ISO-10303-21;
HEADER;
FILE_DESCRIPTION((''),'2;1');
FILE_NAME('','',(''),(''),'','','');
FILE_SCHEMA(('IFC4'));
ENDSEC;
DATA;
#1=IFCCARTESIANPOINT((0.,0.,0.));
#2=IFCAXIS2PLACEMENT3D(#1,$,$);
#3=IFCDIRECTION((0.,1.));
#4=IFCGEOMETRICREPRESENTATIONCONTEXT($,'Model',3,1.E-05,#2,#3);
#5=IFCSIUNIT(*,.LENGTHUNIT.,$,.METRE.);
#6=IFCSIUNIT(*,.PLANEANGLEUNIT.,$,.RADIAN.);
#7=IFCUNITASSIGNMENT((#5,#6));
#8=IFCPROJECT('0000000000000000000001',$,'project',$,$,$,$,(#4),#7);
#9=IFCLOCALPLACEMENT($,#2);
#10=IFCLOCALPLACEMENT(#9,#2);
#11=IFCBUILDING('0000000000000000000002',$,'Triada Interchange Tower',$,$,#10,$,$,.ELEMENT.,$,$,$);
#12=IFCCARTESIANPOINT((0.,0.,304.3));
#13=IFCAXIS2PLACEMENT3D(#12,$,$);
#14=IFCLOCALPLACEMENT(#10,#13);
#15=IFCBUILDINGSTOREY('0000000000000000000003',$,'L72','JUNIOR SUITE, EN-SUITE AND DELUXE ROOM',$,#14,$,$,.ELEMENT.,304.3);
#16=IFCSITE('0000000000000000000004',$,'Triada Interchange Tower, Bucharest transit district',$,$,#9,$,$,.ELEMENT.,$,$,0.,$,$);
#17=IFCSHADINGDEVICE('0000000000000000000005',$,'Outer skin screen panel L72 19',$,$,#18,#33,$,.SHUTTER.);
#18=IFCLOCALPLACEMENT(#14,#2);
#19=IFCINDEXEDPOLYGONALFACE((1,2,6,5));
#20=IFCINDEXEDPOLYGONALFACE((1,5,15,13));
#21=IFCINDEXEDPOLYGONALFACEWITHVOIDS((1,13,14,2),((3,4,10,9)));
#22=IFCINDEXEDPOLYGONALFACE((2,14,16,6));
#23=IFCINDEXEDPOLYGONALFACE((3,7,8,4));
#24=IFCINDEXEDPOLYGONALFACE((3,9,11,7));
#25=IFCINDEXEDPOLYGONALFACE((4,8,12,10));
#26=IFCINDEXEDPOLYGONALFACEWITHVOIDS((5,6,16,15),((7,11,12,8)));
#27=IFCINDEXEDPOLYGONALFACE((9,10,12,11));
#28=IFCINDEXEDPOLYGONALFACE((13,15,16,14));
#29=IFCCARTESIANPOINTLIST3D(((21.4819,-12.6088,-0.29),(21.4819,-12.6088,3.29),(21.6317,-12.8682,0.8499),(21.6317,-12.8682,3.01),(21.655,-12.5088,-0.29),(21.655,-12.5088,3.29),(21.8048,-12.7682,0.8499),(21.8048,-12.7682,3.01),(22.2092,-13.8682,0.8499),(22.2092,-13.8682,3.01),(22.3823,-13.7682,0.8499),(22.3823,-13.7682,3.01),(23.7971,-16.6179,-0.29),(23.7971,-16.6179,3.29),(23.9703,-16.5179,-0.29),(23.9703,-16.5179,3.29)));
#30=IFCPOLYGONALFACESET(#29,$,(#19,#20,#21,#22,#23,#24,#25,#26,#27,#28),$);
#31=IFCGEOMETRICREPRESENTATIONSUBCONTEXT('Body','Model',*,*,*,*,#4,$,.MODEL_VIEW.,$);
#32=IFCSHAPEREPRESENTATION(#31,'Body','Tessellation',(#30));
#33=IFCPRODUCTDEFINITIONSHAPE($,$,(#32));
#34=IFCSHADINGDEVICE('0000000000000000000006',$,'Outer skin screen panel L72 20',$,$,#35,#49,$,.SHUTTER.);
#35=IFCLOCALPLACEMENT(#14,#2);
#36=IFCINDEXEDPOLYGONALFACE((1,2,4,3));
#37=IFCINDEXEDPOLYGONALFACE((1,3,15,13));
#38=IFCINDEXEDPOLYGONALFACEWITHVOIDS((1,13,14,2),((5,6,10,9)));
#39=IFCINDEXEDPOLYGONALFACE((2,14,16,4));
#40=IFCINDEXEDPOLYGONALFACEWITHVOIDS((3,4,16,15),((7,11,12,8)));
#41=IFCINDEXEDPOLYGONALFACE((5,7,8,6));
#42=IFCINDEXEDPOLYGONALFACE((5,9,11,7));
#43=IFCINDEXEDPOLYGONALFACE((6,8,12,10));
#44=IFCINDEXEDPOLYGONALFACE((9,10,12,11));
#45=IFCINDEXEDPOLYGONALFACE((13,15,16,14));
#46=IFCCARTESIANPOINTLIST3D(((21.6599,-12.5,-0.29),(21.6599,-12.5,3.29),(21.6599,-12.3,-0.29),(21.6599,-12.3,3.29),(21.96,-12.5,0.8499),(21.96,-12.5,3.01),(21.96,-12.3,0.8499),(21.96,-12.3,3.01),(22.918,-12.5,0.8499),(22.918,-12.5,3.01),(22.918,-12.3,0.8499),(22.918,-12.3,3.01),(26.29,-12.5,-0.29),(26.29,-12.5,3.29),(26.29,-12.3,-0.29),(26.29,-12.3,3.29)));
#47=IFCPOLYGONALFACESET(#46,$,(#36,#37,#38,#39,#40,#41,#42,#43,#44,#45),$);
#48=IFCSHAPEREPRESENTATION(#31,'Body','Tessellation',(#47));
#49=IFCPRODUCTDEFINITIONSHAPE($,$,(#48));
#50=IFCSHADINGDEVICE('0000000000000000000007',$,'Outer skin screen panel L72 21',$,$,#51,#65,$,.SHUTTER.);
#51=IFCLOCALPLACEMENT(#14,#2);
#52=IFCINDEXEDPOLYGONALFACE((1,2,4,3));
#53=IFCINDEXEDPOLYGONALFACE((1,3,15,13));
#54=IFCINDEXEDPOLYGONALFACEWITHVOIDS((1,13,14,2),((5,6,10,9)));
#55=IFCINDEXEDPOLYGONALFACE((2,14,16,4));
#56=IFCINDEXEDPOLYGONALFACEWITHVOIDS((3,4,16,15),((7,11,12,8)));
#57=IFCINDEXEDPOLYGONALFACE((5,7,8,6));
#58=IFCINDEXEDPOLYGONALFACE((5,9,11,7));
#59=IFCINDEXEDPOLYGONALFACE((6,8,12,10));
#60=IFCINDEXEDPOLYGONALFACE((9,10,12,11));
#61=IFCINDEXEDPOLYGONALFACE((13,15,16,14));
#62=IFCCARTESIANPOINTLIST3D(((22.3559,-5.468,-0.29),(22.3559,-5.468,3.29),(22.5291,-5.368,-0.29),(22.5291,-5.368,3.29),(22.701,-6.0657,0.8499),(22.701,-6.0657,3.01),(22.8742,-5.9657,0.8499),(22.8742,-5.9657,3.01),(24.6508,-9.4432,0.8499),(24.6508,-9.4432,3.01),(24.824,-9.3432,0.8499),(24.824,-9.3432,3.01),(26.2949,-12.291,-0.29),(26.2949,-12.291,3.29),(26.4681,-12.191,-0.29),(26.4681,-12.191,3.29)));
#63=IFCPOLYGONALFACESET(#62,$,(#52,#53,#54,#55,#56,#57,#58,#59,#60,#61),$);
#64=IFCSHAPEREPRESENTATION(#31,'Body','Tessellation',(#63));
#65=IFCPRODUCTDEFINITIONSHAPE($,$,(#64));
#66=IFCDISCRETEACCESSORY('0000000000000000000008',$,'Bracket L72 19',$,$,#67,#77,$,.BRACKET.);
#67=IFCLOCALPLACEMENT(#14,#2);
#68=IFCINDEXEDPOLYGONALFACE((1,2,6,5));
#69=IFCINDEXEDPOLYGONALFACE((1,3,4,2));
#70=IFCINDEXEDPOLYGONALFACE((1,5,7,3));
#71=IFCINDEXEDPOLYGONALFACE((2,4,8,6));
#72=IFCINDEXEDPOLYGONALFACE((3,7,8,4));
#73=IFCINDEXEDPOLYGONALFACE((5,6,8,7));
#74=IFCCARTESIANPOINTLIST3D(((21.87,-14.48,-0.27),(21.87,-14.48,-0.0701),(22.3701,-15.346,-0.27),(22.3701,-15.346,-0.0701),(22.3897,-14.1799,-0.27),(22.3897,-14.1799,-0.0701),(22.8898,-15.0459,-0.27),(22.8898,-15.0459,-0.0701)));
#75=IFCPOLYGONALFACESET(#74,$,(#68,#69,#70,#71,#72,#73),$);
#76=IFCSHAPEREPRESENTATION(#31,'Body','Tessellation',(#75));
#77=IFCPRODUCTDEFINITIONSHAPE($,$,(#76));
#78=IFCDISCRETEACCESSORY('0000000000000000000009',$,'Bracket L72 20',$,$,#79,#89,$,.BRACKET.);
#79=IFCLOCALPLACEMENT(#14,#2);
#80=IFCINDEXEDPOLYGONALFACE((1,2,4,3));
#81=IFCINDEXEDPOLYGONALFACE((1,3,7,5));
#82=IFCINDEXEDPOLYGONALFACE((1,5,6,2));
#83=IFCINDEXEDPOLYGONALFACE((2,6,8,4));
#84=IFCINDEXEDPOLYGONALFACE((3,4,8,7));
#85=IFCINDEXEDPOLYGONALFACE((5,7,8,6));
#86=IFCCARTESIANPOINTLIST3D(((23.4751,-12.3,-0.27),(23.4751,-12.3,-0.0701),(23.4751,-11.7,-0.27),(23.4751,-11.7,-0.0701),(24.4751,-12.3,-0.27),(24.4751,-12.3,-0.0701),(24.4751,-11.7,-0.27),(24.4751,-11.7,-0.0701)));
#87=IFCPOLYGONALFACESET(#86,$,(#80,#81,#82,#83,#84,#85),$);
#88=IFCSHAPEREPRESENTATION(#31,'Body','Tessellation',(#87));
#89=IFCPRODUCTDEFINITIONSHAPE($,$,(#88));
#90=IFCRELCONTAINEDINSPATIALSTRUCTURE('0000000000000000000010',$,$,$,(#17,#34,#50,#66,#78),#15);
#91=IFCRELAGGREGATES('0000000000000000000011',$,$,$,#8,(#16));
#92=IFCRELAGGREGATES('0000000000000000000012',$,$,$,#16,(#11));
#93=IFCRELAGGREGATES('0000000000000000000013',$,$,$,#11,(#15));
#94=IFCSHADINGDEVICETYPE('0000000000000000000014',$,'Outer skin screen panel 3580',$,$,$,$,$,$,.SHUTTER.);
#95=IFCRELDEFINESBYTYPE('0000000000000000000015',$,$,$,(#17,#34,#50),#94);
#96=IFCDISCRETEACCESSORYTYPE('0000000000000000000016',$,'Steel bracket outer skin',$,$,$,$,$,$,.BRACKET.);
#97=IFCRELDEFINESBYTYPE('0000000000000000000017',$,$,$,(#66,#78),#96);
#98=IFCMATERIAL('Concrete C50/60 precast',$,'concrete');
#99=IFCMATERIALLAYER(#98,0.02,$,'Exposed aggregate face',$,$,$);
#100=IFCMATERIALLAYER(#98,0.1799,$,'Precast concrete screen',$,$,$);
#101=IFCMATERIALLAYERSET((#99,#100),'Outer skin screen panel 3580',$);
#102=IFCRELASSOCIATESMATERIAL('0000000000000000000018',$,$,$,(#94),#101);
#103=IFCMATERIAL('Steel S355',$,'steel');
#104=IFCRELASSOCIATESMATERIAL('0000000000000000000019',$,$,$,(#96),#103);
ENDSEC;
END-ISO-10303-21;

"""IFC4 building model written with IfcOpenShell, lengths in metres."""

from ifc_helpers import new_model, si_unit, direction, frame, origin, origin_2d, place, context, subcontext, project, spatial, polyline, rectangle, outline, extrude, material, layer, layer_set, type_object, element, save


model = new_model("IFC4")

# Units and contexts
model_context = context("Model", 3, precision=1e-05, world=origin(), true_north=direction((0.0, 1.0)))
body_context = subcontext(model_context, "Body", "Model", "MODEL_VIEW")
ifc_project = project(units=[si_unit("LENGTHUNIT", "METRE"), si_unit("PLANEANGLEUNIT", "RADIAN")], contexts=[model_context])

# Site, building, storey
site_placement = place(None, origin())
site = spatial("IfcSite", under=ifc_project, at=site_placement, Name="Triada Interchange Tower, Bucharest transit district", CompositionType="ELEMENT", RefElevation=0.0)
building_placement = place(site_placement, origin())
building = spatial("IfcBuilding", under=site, at=building_placement, Name="Triada Interchange Tower", CompositionType="ELEMENT")
storey_placement = place(building_placement, frame((0.0, 0.0, 304.3)))
storey = spatial("IfcBuildingStorey", under=building, at=storey_placement, Name="L72", Description="JUNIOR SUITE, EN-SUITE AND DELUXE ROOM", CompositionType="ELEMENT", Elevation=304.3)

# Shading devices
ifc_material_1 = material(Name="Concrete C50/60 precast", Category="concrete")
ifc_layer_1 = layer(ifc_material_1, 0.02, Name="Exposed aggregate face")
ifc_layer_2 = layer(ifc_material_1, 0.1799, Name="Precast concrete screen")
ifc_layer_set_1 = layer_set([ifc_layer_1, ifc_layer_2], Name="Outer skin screen panel 3580")
shading_device_type = type_object("IfcShadingDeviceType", Name="Outer skin screen panel 3580", PredefinedType="SHUTTER", material=ifc_layer_set_1)
shading_device_1_placement = place(storey_placement, frame((23.7971, -16.6179, -0.29), z_axis=(0.0, 0.0, 1.0), x_axis=(-0.500092, 0.865972, 0.0)))
element("IfcShadingDevice", 1, at=shading_device_1_placement, inside=storey, type_object=shading_device_type, Name="Outer skin screen panel L72 19", PredefinedType="SHUTTER", context=body_context, shape_type="SweptSolid", body=[
    extrude(outline(polyline([(0.0, 0.0), (4.6296, 0.0), (4.6296, 3.5801), (0.0, 3.5801), (0.0, 0.0)]), holes=[polyline([(3.1753, 1.1399), (3.1753, 3.3), (4.3301, 3.3), (4.3301, 1.1399), (3.1753, 1.1399)])]), frame((0.0, 0.0, 0.0), z_axis=(0.0, -1.0, 0.0), x_axis=(1.0, 0.0, 0.0)), (0.0, 0.0, 1.0), 0.2),
])
shading_device_2_placement = place(storey_placement, frame((21.6599, -12.3, -0.29), z_axis=(0.0, 0.0, 1.0), x_axis=(1.0, 0.0, 0.0)))
element("IfcShadingDevice", 2, at=shading_device_2_placement, inside=storey, type_object=shading_device_type, Name="Outer skin screen panel L72 20", PredefinedType="SHUTTER", context=body_context, shape_type="SweptSolid", body=[
    extrude(outline(polyline([(0.0, 0.0), (4.6301, 0.0), (4.6301, 3.5801), (0.0, 3.5801), (0.0, 0.0)]), holes=[polyline([(0.3, 1.1399), (0.3, 3.3), (1.2581, 3.3), (1.2581, 1.1399), (0.3, 1.1399)])]), frame((0.0, 0.0, 0.0), z_axis=(0.0, -1.0, 0.0), x_axis=(1.0, 0.0, 0.0)), (0.0, 0.0, 1.0), 0.2),
])
shading_device_3_placement = place(storey_placement, frame((26.2949, -12.291, -0.29), z_axis=(0.0, 0.0, 1.0), x_axis=(-0.499972, 0.866042, 0.0)))
element("IfcShadingDevice", 3, at=shading_device_3_placement, inside=storey, type_object=shading_device_type, Name="Outer skin screen panel L72 21", PredefinedType="SHUTTER", context=body_context, shape_type="SweptSolid", body=[
    extrude(outline(polyline([(0.0, 0.0), (7.8784, 0.0), (7.8784, 3.5801), (0.0, 3.5801), (0.0, 0.0)]), holes=[polyline([(3.2883, 1.1399), (3.2883, 3.3), (7.1882, 3.3), (7.1882, 1.1399), (3.2883, 1.1399)])]), frame((0.0, 0.0, 0.0), z_axis=(0.0, -1.0, 0.0), x_axis=(1.0, 0.0, 0.0)), (0.0, 0.0, 1.0), 0.2),
])

# Discrete accessories
ifc_material_2 = material(Name="Steel S355", Category="steel")
discrete_accessory_type = type_object("IfcDiscreteAccessoryType", Name="Steel bracket outer skin", PredefinedType="BRACKET", material=ifc_material_2)
for number, where, z_axis, x_axis, name in (
    (4, (22.3799, -14.7629, -0.27), (0.0, 0.0, 1.0), (0.865956, 0.500121, 0.0), "Bracket L72 19"),
    (5, (23.9751, -12.0, -0.27), (0.0, 0.0, 1.0), (0.0, -1.0, 0.0), "Bracket L72 20"),
):
    element("IfcDiscreteAccessory", number, at=place(storey_placement, frame(where, z_axis=z_axis, x_axis=x_axis)), inside=storey, type_object=discrete_accessory_type, Name=name, PredefinedType="BRACKET", context=body_context, shape_type="SweptSolid", body=[
        extrude(rectangle(XDim=0.6001, YDim=1.0, at=origin_2d()), origin(), (0.0, 0.0, 1.0), 0.2),
    ])

save(model, "model.ifc")
